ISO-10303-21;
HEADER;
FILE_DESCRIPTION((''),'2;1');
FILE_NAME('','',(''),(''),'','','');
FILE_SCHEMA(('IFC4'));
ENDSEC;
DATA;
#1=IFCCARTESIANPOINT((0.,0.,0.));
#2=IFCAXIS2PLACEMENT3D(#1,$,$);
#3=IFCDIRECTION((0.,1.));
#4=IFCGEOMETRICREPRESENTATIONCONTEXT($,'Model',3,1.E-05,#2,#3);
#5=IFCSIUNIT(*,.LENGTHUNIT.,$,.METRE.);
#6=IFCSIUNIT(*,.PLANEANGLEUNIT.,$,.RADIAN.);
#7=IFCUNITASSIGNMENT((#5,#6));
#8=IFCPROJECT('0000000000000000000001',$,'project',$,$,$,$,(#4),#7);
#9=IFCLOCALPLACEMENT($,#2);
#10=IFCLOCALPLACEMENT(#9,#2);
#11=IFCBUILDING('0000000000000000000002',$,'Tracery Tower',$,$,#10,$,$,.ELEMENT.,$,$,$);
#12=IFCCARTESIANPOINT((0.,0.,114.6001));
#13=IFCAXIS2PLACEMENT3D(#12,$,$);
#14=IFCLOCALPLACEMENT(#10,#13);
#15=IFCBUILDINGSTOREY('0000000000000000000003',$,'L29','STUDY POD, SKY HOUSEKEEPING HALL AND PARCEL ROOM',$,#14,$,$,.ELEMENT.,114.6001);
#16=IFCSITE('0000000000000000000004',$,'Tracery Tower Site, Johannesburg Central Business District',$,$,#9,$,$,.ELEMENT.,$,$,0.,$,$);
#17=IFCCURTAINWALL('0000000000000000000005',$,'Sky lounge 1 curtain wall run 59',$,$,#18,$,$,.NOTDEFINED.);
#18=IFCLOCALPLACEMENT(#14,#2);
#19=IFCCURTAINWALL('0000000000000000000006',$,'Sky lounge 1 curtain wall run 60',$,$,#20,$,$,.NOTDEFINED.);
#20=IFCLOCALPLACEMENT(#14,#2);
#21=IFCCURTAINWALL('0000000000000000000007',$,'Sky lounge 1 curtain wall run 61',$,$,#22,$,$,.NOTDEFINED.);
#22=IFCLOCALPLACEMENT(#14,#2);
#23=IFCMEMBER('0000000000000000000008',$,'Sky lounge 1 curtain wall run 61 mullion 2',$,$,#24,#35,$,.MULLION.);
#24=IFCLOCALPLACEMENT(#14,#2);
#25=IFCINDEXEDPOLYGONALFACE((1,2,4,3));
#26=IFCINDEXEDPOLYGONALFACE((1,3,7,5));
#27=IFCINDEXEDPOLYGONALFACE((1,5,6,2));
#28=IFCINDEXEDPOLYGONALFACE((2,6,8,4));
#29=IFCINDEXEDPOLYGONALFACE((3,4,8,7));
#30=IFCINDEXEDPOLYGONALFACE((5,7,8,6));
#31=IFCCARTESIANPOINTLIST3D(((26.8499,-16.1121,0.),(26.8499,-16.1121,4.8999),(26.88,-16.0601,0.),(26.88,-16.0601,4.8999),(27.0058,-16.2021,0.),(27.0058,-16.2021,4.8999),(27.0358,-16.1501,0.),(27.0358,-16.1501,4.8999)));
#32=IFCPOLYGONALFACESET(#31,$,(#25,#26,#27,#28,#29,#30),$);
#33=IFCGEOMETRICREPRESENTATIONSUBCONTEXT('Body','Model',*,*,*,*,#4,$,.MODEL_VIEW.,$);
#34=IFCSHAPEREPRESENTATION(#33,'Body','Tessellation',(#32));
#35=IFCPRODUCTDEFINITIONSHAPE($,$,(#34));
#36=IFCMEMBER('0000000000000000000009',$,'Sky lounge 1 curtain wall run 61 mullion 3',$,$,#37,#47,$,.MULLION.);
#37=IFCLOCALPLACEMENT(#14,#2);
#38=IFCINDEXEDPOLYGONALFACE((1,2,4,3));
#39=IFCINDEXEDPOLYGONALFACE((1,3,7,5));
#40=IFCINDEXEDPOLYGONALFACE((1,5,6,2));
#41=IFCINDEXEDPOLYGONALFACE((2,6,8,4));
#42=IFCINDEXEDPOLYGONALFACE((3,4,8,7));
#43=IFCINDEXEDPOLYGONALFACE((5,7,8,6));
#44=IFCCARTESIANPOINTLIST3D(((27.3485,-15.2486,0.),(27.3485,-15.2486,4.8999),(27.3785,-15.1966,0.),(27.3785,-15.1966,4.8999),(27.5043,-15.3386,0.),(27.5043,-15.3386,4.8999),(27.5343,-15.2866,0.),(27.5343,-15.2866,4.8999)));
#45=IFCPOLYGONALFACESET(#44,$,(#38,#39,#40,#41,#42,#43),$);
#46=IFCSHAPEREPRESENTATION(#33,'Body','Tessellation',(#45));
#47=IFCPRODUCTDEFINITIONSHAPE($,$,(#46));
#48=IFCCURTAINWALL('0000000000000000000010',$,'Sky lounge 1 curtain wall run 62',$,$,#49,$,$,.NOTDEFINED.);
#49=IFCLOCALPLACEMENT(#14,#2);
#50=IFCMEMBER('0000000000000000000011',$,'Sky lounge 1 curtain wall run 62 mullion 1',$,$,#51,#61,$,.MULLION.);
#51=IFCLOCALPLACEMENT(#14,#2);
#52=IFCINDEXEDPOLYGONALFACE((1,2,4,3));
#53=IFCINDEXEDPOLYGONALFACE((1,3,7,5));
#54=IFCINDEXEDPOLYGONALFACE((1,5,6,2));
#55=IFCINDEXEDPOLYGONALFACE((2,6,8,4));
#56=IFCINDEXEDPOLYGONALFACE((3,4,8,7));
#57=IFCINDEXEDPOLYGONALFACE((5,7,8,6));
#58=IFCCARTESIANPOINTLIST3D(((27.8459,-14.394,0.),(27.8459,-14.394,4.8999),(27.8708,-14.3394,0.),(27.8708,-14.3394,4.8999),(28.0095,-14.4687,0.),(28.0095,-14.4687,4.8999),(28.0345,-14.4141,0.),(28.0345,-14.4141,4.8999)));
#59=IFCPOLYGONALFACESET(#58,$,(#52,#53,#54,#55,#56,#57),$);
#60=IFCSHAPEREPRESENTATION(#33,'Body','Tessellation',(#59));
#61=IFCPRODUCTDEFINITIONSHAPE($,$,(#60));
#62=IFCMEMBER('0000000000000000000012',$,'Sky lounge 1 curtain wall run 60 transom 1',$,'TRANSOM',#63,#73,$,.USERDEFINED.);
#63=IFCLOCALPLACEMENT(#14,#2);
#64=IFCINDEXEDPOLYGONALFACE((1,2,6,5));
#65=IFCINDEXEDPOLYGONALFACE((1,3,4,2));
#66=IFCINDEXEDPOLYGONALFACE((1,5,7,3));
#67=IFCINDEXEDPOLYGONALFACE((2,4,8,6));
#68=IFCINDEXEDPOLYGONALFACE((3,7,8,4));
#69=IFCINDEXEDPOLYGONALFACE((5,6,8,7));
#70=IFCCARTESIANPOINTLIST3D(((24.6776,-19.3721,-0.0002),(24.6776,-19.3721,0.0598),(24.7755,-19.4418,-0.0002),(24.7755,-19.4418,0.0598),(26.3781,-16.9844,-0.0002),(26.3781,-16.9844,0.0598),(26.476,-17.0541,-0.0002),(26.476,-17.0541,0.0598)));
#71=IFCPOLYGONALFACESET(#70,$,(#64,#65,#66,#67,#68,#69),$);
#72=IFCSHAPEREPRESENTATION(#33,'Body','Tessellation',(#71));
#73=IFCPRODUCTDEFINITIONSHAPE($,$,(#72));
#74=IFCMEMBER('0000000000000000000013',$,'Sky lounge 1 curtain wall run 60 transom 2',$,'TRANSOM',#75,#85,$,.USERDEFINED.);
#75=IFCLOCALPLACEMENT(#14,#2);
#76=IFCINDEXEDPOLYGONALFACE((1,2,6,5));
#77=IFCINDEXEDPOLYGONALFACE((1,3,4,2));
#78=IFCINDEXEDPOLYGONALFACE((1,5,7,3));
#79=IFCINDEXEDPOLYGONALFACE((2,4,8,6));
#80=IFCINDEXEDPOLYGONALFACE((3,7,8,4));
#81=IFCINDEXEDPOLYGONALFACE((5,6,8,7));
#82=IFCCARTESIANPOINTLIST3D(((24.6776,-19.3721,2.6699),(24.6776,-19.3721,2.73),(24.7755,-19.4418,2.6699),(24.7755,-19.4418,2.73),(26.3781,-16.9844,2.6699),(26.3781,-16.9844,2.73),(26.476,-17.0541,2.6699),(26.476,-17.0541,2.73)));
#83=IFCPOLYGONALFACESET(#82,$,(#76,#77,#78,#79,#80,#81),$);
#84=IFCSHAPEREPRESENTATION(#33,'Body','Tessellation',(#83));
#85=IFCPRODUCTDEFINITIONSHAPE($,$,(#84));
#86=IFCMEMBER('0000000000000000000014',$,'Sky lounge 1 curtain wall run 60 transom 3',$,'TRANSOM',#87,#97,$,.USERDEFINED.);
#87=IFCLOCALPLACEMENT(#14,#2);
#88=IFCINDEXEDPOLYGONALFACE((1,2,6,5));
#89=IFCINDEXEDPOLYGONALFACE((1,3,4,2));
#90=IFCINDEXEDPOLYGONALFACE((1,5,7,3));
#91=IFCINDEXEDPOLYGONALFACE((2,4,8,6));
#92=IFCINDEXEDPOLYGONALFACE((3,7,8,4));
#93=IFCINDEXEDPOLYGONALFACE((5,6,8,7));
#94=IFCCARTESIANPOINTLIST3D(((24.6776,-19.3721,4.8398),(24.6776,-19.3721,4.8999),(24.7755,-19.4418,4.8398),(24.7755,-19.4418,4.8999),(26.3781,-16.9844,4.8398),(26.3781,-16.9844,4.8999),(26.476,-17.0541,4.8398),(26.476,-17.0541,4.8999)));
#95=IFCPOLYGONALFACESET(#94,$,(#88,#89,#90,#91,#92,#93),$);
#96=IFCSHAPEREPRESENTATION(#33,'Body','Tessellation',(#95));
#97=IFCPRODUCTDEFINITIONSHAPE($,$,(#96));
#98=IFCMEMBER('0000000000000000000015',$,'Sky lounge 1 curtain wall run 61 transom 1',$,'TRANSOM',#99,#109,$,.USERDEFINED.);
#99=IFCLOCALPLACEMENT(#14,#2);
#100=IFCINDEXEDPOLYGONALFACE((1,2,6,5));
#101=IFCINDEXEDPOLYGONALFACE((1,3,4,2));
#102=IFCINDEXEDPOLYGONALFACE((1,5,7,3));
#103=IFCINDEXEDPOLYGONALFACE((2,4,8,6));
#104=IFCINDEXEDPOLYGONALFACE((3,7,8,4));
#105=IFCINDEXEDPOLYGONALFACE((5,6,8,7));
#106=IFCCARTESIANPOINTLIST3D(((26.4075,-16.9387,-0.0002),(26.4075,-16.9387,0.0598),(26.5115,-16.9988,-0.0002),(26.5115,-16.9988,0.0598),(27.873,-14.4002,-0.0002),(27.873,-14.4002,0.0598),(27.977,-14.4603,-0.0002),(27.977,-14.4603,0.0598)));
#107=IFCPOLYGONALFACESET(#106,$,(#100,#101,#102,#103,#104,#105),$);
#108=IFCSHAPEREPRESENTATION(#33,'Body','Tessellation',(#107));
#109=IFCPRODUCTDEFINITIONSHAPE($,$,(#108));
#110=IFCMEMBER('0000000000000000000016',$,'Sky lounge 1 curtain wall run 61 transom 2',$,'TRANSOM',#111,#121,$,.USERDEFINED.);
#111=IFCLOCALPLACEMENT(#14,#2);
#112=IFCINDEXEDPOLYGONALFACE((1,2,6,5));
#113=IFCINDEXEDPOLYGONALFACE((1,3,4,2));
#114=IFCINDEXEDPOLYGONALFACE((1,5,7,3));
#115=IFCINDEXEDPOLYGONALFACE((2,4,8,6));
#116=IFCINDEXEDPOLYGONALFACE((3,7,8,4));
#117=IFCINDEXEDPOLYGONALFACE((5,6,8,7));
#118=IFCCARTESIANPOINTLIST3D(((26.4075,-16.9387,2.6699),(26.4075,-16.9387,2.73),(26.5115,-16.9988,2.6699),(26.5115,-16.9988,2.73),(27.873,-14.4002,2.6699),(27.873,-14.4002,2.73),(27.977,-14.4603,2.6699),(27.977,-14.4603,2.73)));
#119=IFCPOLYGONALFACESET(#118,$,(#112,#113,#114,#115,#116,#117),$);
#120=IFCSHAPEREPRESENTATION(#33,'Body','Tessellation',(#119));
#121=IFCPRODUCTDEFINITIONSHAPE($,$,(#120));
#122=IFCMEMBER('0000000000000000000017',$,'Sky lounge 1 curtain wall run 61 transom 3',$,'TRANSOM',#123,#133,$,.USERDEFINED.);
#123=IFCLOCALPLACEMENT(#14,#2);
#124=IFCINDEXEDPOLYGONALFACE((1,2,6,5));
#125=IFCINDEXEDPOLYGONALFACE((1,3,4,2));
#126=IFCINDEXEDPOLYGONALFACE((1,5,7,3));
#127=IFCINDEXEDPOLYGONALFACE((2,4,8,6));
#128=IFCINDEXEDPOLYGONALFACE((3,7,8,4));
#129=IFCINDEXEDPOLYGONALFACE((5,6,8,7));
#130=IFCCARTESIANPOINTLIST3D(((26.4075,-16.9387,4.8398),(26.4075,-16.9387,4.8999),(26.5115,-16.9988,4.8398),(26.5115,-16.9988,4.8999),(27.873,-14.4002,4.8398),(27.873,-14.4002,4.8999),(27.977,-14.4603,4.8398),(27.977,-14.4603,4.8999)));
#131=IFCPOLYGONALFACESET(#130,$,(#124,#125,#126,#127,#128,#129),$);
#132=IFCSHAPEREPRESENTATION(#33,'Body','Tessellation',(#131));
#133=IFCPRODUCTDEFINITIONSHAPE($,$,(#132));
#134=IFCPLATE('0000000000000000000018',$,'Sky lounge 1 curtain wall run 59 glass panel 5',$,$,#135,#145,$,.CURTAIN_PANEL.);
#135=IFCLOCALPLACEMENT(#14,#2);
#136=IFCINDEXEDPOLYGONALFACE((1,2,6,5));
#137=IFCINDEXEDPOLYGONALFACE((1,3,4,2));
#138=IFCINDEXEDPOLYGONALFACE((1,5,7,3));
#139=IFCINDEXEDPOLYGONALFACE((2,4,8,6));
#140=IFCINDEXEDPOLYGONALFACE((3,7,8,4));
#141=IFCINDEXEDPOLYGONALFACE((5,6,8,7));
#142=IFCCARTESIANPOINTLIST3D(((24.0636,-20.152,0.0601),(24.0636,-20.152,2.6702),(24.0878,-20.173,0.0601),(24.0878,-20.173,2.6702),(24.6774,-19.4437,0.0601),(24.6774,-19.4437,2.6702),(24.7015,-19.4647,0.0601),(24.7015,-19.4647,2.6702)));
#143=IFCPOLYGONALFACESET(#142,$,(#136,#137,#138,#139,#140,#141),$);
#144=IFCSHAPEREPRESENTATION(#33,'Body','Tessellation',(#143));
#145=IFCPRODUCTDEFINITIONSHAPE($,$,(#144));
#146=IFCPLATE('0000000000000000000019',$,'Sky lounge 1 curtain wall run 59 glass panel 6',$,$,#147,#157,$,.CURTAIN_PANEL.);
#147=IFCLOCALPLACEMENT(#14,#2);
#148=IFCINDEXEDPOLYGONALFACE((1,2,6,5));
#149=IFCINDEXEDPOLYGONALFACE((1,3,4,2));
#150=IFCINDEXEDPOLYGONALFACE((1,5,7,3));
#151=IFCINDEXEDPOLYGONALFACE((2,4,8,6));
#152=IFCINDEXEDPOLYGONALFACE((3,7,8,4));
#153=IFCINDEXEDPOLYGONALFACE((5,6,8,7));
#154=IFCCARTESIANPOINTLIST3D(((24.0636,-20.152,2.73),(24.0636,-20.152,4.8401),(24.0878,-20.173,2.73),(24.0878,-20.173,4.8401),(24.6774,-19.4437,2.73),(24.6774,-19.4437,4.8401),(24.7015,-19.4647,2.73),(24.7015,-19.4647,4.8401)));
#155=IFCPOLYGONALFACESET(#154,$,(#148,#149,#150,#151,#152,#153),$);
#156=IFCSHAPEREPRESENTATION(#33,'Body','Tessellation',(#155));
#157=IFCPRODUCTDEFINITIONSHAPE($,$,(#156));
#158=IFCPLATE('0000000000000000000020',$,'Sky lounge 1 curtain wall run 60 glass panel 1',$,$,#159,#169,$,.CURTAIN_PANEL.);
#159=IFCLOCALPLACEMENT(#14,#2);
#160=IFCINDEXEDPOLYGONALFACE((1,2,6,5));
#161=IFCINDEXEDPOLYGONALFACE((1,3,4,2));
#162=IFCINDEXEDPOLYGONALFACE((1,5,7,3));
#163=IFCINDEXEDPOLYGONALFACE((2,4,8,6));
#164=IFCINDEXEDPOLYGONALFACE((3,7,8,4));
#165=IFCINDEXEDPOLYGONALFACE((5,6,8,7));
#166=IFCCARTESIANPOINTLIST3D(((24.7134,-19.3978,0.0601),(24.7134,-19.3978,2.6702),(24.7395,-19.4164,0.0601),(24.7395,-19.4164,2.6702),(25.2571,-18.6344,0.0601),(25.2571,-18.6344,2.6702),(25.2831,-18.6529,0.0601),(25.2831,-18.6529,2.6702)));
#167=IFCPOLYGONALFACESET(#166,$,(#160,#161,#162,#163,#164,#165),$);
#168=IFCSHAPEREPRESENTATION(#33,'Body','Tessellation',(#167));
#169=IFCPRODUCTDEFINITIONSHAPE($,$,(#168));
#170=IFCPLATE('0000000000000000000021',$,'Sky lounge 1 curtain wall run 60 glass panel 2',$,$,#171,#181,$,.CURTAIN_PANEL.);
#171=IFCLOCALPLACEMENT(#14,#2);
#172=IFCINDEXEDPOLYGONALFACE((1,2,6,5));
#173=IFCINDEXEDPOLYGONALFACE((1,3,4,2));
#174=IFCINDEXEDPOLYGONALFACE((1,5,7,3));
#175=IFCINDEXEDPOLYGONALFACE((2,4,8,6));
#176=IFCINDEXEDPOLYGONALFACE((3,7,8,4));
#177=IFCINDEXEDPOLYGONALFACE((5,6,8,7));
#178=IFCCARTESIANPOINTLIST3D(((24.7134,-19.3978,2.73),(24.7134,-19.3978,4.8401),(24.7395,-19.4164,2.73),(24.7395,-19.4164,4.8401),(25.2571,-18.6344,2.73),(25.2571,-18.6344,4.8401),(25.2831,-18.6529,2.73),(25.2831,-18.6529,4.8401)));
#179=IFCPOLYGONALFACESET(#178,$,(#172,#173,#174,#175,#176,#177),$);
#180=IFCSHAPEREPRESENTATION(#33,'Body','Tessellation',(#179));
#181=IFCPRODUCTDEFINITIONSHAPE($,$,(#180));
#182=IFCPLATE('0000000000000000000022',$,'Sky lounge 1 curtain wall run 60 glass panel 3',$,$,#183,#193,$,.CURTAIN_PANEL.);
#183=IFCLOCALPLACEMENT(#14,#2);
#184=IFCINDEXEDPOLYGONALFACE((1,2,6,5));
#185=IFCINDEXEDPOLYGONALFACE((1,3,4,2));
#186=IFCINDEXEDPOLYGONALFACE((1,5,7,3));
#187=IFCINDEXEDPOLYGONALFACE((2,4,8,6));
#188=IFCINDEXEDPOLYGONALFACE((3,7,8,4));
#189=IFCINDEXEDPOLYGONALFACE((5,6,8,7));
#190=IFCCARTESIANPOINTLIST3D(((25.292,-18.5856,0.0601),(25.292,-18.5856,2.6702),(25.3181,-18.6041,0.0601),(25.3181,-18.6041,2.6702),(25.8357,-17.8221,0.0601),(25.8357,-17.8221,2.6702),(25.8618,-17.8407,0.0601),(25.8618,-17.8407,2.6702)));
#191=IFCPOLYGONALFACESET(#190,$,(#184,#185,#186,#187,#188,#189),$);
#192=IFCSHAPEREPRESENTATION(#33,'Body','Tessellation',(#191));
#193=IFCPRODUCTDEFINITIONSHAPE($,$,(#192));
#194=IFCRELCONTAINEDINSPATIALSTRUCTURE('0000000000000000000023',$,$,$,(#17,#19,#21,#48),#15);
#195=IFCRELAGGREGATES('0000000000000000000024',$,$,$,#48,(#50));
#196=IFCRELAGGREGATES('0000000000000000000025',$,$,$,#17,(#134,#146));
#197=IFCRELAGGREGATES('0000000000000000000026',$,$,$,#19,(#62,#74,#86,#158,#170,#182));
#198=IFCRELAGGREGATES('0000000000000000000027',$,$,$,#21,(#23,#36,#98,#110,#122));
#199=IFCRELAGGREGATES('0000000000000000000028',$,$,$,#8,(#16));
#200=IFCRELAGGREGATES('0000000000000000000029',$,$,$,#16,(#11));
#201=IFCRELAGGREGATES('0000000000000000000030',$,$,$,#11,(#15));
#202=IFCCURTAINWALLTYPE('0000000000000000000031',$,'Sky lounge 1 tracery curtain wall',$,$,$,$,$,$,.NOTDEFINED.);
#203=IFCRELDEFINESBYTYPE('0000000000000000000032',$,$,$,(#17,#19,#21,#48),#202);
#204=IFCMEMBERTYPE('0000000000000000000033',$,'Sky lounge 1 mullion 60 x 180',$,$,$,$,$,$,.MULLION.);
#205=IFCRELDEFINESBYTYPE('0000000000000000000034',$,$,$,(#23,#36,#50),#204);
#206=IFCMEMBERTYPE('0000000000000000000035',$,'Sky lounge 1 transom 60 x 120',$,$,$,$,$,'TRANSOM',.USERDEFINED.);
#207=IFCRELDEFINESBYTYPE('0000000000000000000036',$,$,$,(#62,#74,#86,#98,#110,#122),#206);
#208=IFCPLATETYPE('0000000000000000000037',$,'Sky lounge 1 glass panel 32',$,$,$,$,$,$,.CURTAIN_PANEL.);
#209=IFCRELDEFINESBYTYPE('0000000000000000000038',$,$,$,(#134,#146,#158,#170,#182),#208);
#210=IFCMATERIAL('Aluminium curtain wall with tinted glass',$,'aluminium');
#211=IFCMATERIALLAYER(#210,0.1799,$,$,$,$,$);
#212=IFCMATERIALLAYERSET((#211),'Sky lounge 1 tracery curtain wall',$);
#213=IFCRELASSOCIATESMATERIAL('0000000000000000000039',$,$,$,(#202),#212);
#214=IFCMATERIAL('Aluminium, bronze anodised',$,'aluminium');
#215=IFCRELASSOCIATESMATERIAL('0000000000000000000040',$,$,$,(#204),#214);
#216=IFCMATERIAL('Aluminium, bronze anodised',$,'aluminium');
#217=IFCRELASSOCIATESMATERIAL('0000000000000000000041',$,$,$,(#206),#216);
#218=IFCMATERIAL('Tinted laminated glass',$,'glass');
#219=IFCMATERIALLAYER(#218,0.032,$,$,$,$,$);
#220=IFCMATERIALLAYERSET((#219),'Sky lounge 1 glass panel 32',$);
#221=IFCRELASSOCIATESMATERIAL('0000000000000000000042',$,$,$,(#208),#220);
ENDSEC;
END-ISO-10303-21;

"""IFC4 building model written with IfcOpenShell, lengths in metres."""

from ifc_helpers import new_model, si_unit, direction, frame, origin, origin_2d, place, context, subcontext, project, spatial, rectangle, extrude, material, layer, layer_set, material_profile, profile_set, type_object, element, aggregate, save


model = new_model("IFC4")

# Units and contexts
model_context = context("Model", 3, precision=1e-05, world=origin(), true_north=direction((0.0, 1.0)))
body_context = subcontext(model_context, "Body", "Model", "MODEL_VIEW")
ifc_project = project(units=[si_unit("LENGTHUNIT", "METRE"), si_unit("PLANEANGLEUNIT", "RADIAN")], contexts=[model_context])

# Site, building, storey
site_placement = place(None, origin())
site = spatial("IfcSite", under=ifc_project, at=site_placement, Name="Tracery Tower Site, Johannesburg Central Business District", CompositionType="ELEMENT", RefElevation=0.0)
building_placement = place(site_placement, origin())
building = spatial("IfcBuilding", under=site, at=building_placement, Name="Tracery Tower", CompositionType="ELEMENT")
storey_placement = place(building_placement, frame((0.0, 0.0, 114.6001)))
storey = spatial("IfcBuildingStorey", under=building, at=storey_placement, Name="L29", Description="STUDY POD, SKY HOUSEKEEPING HALL AND PARCEL ROOM", CompositionType="ELEMENT", Elevation=114.6001)

# Curtain wall
ifc_material_1 = material(Name="Aluminium curtain wall with tinted glass", Category="aluminium")
ifc_layer_1 = layer(ifc_material_1, 0.1799)
ifc_layer_set_1 = layer_set([ifc_layer_1], Name="Sky lounge 1 tracery curtain wall")
curtain_wall_type = type_object("IfcCurtainWallType", Name="Sky lounge 1 tracery curtain wall", PredefinedType="NOTDEFINED", material=ifc_layer_set_1)
curtain_wall_1_placement = place(storey_placement, origin())
curtain_wall_1 = element("IfcCurtainWall", 1, at=curtain_wall_1_placement, inside=storey, type_object=curtain_wall_type, Name="Sky lounge 1 curtain wall run 59", PredefinedType="NOTDEFINED")
ifc_material_2 = material(Name="Aluminium, bronze anodised", Category="aluminium")
ifc_material_profile_1 = material_profile(ifc_material_2, rectangle(XDim=0.1799, YDim=0.0601, at=origin_2d()), Name="AL 60x180")
ifc_profile_set_1 = profile_set([ifc_material_profile_1], Name="Aluminium, bronze anodised")
member_type_1 = type_object("IfcMemberType", Name="Sky lounge 1 mullion 60 x 180", PredefinedType="MULLION", material=ifc_profile_set_1)

# Curtain walls, members
curtain_wall_2_placement = place(storey_placement, origin())
curtain_wall_2 = element("IfcCurtainWall", 2, at=curtain_wall_2_placement, inside=storey, type_object=curtain_wall_type, Name="Sky lounge 1 curtain wall run 60", PredefinedType="NOTDEFINED")
curtain_wall_3_placement = place(storey_placement, origin())
curtain_wall_3 = element("IfcCurtainWall", 3, at=curtain_wall_3_placement, inside=storey, type_object=curtain_wall_type, Name="Sky lounge 1 curtain wall run 61", PredefinedType="NOTDEFINED")
member_1_placement = place(storey_placement, frame((26.9429, -16.1311, 0.0), z_axis=(0.0, 0.0, 1.0), x_axis=(-0.866025, 0.5, 0.0)))
member_1 = element("IfcMember", 4, at=member_1_placement, type_object=member_type_1, Name="Sky lounge 1 curtain wall run 61 mullion 2", PredefinedType="MULLION", context=body_context, shape_type="SweptSolid", body=[
    extrude(rectangle(XDim=0.1799, YDim=0.0601, at=origin_2d()), origin(), (0.0, 0.0, 1.0), 4.8999),
])
member_2_placement = place(storey_placement, frame((27.4414, -15.2676, 0.0), z_axis=(0.0, 0.0, 1.0), x_axis=(-0.866025, 0.5, 0.0)))
member_2 = element("IfcMember", 5, at=member_2_placement, type_object=member_type_1, Name="Sky lounge 1 curtain wall run 61 mullion 3", PredefinedType="MULLION", context=body_context, shape_type="SweptSolid", body=[
    extrude(rectangle(XDim=0.1799, YDim=0.0601, at=origin_2d()), origin(), (0.0, 0.0, 1.0), 4.8999),
])

# Curtain wall, member
curtain_wall_4_placement = place(storey_placement, origin())
curtain_wall_4 = element("IfcCurtainWall", 6, at=curtain_wall_4_placement, inside=storey, type_object=curtain_wall_type, Name="Sky lounge 1 curtain wall run 62", PredefinedType="NOTDEFINED")
member_3_placement = place(storey_placement, frame((27.9402, -14.4041, 0.0), z_axis=(0.0, 0.0, 1.0), x_axis=(-0.909632, 0.415415, 0.0)))
member_3 = element("IfcMember", 7, at=member_3_placement, type_object=member_type_1, Name="Sky lounge 1 curtain wall run 62 mullion 1", PredefinedType="MULLION", context=body_context, shape_type="SweptSolid", body=[
    extrude(rectangle(XDim=0.1799, YDim=0.0601, at=origin_2d()), origin(), (0.0, 0.0, 1.0), 4.8999),
])
aggregate(curtain_wall_4, [member_3])

# Members
ifc_material_3 = material(Name="Aluminium, bronze anodised", Category="aluminium")
ifc_material_profile_2 = material_profile(ifc_material_3, rectangle(XDim=0.1201, YDim=0.0601, at=origin_2d()), Name="AL 60x120")
ifc_profile_set_2 = profile_set([ifc_material_profile_2], Name="Aluminium, bronze anodised")
member_type_2 = type_object("IfcMemberType", Name="Sky lounge 1 transom 60 x 120", ElementType="TRANSOM", PredefinedType="USERDEFINED", material=ifc_profile_set_2)
member_4_placement = place(storey_placement, frame((24.7266, -19.407, 0.0298), z_axis=(0.580095, 0.814549, 0.0), x_axis=(-0.814549, 0.580095, 0.0)))
member_4 = element("IfcMember", 8, at=member_4_placement, type_object=member_type_2, Name="Sky lounge 1 curtain wall run 60 transom 1", ObjectType="TRANSOM", PredefinedType="USERDEFINED", context=body_context, shape_type="SweptSolid", body=[
    extrude(rectangle(XDim=0.1201, YDim=0.0601, at=origin_2d()), origin(), (0.0, 0.0, 1.0), 2.9314),
])
member_5_placement = place(storey_placement, frame((24.7266, -19.407, 2.7), z_axis=(0.580095, 0.814549, 0.0), x_axis=(-0.814549, 0.580095, 0.0)))
member_5 = element("IfcMember", 9, at=member_5_placement, type_object=member_type_2, Name="Sky lounge 1 curtain wall run 60 transom 2", ObjectType="TRANSOM", PredefinedType="USERDEFINED", context=body_context, shape_type="SweptSolid", body=[
    extrude(rectangle(XDim=0.1201, YDim=0.0601, at=origin_2d()), origin(), (0.0, 0.0, 1.0), 2.9314),
])
member_6_placement = place(storey_placement, frame((24.7266, -19.407, 4.8699), z_axis=(0.580095, 0.814549, 0.0), x_axis=(-0.814549, 0.580095, 0.0)))
member_6 = element("IfcMember", 10, at=member_6_placement, type_object=member_type_2, Name="Sky lounge 1 curtain wall run 60 transom 3", ObjectType="TRANSOM", PredefinedType="USERDEFINED", context=body_context, shape_type="SweptSolid", body=[
    extrude(rectangle(XDim=0.1201, YDim=0.0601, at=origin_2d()), origin(), (0.0, 0.0, 1.0), 2.9314),
])
member_7_placement = place(storey_placement, frame((26.4595, -16.9688, 0.0298), z_axis=(0.499982, 0.866036, 0.0), x_axis=(-0.866036, 0.499982, 0.0)))
member_7 = element("IfcMember", 11, at=member_7_placement, type_object=member_type_2, Name="Sky lounge 1 curtain wall run 61 transom 1", ObjectType="TRANSOM", PredefinedType="USERDEFINED", context=body_context, shape_type="SweptSolid", body=[
    extrude(rectangle(XDim=0.1201, YDim=0.0601, at=origin_2d()), origin(), (0.0, 0.0, 1.0), 2.9312),
])
member_8_placement = place(storey_placement, frame((26.4595, -16.9688, 2.7), z_axis=(0.499982, 0.866036, 0.0), x_axis=(-0.866036, 0.499982, 0.0)))
member_8 = element("IfcMember", 12, at=member_8_placement, type_object=member_type_2, Name="Sky lounge 1 curtain wall run 61 transom 2", ObjectType="TRANSOM", PredefinedType="USERDEFINED", context=body_context, shape_type="SweptSolid", body=[
    extrude(rectangle(XDim=0.1201, YDim=0.0601, at=origin_2d()), origin(), (0.0, 0.0, 1.0), 2.9312),
])
member_9_placement = place(storey_placement, frame((26.4595, -16.9688, 4.8699), z_axis=(0.499982, 0.866036, 0.0), x_axis=(-0.866036, 0.499982, 0.0)))
member_9 = element("IfcMember", 13, at=member_9_placement, type_object=member_type_2, Name="Sky lounge 1 curtain wall run 61 transom 3", ObjectType="TRANSOM", PredefinedType="USERDEFINED", context=body_context, shape_type="SweptSolid", body=[
    extrude(rectangle(XDim=0.1201, YDim=0.0601, at=origin_2d()), origin(), (0.0, 0.0, 1.0), 2.9312),
])

# Plates
ifc_material_4 = material(Name="Tinted laminated glass", Category="glass")
ifc_layer_2 = layer(ifc_material_4, 0.032)
ifc_layer_set_2 = layer_set([ifc_layer_2], Name="Sky lounge 1 glass panel 32")
plate_type = type_object("IfcPlateType", Name="Sky lounge 1 glass panel 32", PredefinedType="CURTAIN_PANEL", material=ifc_layer_set_2)
plate_1_placement = place(storey_placement, frame((24.3826, -19.8083, 0.0601), z_axis=(0.0, 0.0, 1.0), x_axis=(0.654861, 0.75575, 0.0)))
plate_1 = element("IfcPlate", 14, at=plate_1_placement, type_object=plate_type, Name="Sky lounge 1 curtain wall run 59 glass panel 5", PredefinedType="CURTAIN_PANEL", context=body_context, shape_type="SweptSolid", body=[
    extrude(rectangle(XDim=0.9373, YDim=0.032, at=origin_2d()), origin(), (0.0, 0.0, 1.0), 2.6101),
])
plate_2_placement = place(storey_placement, frame((24.3826, -19.8083, 2.73), z_axis=(0.0, 0.0, 1.0), x_axis=(0.654861, 0.75575, 0.0)))
plate_2 = element("IfcPlate", 15, at=plate_2_placement, type_object=plate_type, Name="Sky lounge 1 curtain wall run 59 glass panel 6", PredefinedType="CURTAIN_PANEL", context=body_context, shape_type="SweptSolid", body=[
    extrude(rectangle(XDim=0.9373, YDim=0.032, at=origin_2d()), origin(), (0.0, 0.0, 1.0), 2.1101),
])
aggregate(curtain_wall_1, [plate_1, plate_2])
plate_3_placement = place(storey_placement, frame((24.9983, -19.0254, 0.0601), z_axis=(0.0, 0.0, 1.0), x_axis=(0.580057, 0.814576, 0.0)))
plate_3 = element("IfcPlate", 16, at=plate_3_placement, type_object=plate_type, Name="Sky lounge 1 curtain wall run 60 glass panel 1", PredefinedType="CURTAIN_PANEL", context=body_context, shape_type="SweptSolid", body=[
    extrude(rectangle(XDim=0.9373, YDim=0.032, at=origin_2d()), origin(), (0.0, 0.0, 1.0), 2.6101),
])
plate_4_placement = place(storey_placement, frame((24.9983, -19.0254, 2.73), z_axis=(0.0, 0.0, 1.0), x_axis=(0.580057, 0.814576, 0.0)))
plate_4 = element("IfcPlate", 17, at=plate_4_placement, type_object=plate_type, Name="Sky lounge 1 curtain wall run 60 glass panel 2", PredefinedType="CURTAIN_PANEL", context=body_context, shape_type="SweptSolid", body=[
    extrude(rectangle(XDim=0.9373, YDim=0.032, at=origin_2d()), origin(), (0.0, 0.0, 1.0), 2.1101),
])
plate_5_placement = place(storey_placement, frame((25.5769, -18.2131, 0.0601), z_axis=(0.0, 0.0, 1.0), x_axis=(0.580057, 0.814576, 0.0)))
plate_5 = element("IfcPlate", 18, at=plate_5_placement, type_object=plate_type, Name="Sky lounge 1 curtain wall run 60 glass panel 3", PredefinedType="CURTAIN_PANEL", context=body_context, shape_type="SweptSolid", body=[
    extrude(rectangle(XDim=0.9373, YDim=0.032, at=origin_2d()), origin(), (0.0, 0.0, 1.0), 2.6101),
])
aggregate(curtain_wall_2, [member_4, member_5, member_6, plate_3, plate_4, plate_5])
aggregate(curtain_wall_3, [member_1, member_2, member_7, member_8, member_9])

save(model, "model.ifc")
